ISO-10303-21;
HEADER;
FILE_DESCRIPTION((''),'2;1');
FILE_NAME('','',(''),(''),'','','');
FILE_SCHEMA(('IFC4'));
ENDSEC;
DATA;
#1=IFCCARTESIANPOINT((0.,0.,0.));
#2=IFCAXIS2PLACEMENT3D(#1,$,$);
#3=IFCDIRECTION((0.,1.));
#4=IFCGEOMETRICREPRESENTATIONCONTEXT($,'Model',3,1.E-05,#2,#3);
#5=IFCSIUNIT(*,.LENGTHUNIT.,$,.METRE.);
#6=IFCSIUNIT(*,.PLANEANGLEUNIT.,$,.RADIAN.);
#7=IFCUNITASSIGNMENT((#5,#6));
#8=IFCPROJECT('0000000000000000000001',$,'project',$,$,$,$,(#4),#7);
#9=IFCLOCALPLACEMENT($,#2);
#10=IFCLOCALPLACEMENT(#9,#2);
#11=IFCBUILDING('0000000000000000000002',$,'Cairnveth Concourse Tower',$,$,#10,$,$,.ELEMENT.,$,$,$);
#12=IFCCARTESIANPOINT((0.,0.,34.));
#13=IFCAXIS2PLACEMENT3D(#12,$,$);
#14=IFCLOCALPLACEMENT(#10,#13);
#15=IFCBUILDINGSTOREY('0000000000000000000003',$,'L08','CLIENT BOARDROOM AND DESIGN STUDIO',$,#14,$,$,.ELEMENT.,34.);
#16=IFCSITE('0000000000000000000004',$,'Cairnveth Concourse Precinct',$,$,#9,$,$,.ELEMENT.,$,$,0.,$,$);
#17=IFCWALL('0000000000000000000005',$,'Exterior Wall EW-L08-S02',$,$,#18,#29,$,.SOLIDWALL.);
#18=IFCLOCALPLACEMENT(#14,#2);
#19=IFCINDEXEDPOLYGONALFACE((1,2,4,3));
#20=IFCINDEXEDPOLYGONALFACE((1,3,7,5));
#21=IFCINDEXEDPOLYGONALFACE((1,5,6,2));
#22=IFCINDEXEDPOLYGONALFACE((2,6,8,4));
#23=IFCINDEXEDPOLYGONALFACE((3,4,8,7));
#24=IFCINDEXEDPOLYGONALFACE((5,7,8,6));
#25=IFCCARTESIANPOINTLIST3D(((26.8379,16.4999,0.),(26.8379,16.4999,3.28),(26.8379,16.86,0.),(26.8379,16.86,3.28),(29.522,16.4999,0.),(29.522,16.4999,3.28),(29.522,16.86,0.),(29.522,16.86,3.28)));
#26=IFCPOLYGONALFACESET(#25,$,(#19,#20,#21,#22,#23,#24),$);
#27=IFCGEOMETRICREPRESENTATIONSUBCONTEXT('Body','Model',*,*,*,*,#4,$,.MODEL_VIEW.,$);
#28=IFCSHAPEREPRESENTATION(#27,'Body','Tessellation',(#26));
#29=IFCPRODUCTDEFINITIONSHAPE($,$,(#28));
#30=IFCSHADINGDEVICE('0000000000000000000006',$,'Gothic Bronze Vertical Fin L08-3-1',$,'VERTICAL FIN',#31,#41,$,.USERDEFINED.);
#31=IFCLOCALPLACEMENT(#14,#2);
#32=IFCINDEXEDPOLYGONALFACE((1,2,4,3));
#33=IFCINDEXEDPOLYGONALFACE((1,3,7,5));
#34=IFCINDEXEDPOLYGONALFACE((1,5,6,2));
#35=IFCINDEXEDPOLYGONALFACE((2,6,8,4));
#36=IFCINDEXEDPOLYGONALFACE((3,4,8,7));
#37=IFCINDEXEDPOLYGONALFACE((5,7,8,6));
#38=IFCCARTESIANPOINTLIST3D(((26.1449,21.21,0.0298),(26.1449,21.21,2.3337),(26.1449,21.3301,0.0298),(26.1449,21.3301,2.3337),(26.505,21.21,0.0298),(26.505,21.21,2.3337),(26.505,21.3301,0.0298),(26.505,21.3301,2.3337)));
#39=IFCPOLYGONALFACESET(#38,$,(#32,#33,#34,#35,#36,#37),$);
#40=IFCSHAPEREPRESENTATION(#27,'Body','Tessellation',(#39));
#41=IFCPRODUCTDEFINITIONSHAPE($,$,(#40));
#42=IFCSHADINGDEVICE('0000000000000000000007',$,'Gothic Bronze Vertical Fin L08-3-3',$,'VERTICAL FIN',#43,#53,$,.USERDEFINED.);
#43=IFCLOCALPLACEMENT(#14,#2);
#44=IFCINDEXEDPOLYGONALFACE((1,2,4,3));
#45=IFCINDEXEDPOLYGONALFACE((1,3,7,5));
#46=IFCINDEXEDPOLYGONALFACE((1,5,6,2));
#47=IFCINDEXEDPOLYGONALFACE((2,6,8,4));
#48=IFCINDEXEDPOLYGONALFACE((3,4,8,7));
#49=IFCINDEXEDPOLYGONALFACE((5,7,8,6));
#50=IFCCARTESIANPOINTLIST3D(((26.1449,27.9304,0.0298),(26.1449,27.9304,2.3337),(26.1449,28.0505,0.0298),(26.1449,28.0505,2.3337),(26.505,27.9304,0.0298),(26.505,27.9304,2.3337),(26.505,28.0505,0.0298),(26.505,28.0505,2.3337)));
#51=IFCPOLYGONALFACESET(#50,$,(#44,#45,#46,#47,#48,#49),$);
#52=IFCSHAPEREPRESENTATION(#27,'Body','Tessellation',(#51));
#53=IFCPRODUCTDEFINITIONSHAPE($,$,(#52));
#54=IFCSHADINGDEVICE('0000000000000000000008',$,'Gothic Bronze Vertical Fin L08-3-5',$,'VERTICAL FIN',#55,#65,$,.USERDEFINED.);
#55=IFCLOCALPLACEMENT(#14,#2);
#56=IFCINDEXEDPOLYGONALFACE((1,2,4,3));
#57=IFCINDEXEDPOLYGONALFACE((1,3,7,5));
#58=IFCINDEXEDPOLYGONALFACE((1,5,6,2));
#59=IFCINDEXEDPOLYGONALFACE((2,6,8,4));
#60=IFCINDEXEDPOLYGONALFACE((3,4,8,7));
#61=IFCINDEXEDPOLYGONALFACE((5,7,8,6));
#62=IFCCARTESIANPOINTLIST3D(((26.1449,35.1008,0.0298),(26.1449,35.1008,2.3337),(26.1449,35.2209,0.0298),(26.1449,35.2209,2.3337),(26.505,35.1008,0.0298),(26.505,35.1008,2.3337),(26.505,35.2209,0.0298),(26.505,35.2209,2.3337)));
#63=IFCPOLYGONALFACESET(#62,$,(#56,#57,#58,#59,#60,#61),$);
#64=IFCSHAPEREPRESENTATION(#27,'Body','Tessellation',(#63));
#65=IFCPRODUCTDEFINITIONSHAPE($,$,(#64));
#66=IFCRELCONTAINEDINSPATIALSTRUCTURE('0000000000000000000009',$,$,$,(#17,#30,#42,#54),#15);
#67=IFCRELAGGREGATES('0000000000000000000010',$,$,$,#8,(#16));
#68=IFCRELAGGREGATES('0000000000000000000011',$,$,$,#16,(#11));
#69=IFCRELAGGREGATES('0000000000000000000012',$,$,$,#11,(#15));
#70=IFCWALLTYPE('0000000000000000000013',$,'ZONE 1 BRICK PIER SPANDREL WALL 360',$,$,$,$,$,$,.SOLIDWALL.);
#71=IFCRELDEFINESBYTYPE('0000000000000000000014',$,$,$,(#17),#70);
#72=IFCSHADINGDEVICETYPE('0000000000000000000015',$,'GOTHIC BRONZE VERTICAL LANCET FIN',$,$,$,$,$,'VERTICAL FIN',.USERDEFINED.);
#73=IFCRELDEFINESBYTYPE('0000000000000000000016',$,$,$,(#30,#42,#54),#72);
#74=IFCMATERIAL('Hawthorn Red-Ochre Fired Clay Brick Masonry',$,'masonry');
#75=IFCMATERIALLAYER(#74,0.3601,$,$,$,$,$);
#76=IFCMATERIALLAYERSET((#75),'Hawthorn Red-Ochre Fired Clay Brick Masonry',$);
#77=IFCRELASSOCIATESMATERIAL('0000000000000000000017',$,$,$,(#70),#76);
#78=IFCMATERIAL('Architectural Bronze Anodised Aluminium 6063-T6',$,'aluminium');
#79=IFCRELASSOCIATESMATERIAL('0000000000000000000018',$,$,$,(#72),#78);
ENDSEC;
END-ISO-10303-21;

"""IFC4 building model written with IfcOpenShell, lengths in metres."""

from ifc_helpers import new_model, si_unit, direction, frame, frame_2d, origin, origin_2d, place, context, subcontext, project, spatial, rectangle, extrude, material, layer, layer_set, type_object, element, save


model = new_model("IFC4")

# Units and contexts
model_context = context("Model", 3, precision=1e-05, world=origin(), true_north=direction((0.0, 1.0)))
body_context = subcontext(model_context, "Body", "Model", "MODEL_VIEW")
ifc_project = project(units=[si_unit("LENGTHUNIT", "METRE"), si_unit("PLANEANGLEUNIT", "RADIAN")], contexts=[model_context])

# Site, building, storey
site_placement = place(None, origin())
site = spatial("IfcSite", under=ifc_project, at=site_placement, Name="Cairnveth Concourse Precinct", CompositionType="ELEMENT", RefElevation=0.0)
building_placement = place(site_placement, origin())
building = spatial("IfcBuilding", under=site, at=building_placement, Name="Cairnveth Concourse Tower", CompositionType="ELEMENT")
storey_placement = place(building_placement, frame((0.0, 0.0, 34.0)))
storey = spatial("IfcBuildingStorey", under=building, at=storey_placement, Name="L08", Description="CLIENT BOARDROOM AND DESIGN STUDIO", CompositionType="ELEMENT", Elevation=34.0)

# Wall
ifc_material_1 = material(Name="Hawthorn Red-Ochre Fired Clay Brick Masonry", Category="masonry")
ifc_layer_1 = layer(ifc_material_1, 0.3601)
ifc_layer_set_1 = layer_set([ifc_layer_1], Name="Hawthorn Red-Ochre Fired Clay Brick Masonry")
wall_type = type_object("IfcWallType", Name="ZONE 1 BRICK PIER SPANDREL WALL 360", PredefinedType="SOLIDWALL", material=ifc_layer_set_1)
wall_placement = place(storey_placement, frame((29.522, 16.6799, 0.0), z_axis=(0.0, 0.0, 1.0), x_axis=(-1.0, 0.0, 0.0)))
element("IfcWall", 1, at=wall_placement, inside=storey, type_object=wall_type, Name="Exterior Wall EW-L08-S02", PredefinedType="SOLIDWALL", context=body_context, shape_type="SweptSolid", body=[
    extrude(rectangle(XDim=2.6841, YDim=0.3601, at=frame_2d((1.342, 0.0))), origin(), (0.0, 0.0, 1.0), 3.28),
])

# Shading devices
ifc_material_2 = material(Name="Architectural Bronze Anodised Aluminium 6063-T6", Category="aluminium")
shading_device_type = type_object("IfcShadingDeviceType", Name="GOTHIC BRONZE VERTICAL LANCET FIN", ElementType="VERTICAL FIN", PredefinedType="USERDEFINED", material=ifc_material_2)
for number, where, z_axis, x_axis, name in (
    (2, (26.325, 21.27, 0.0298), (0.0, 0.0, 1.0), (0.0, 1.0, 0.0), "Gothic Bronze Vertical Fin L08-3-1"),
    (3, (26.325, 27.9905, 0.0298), (0.0, 0.0, 1.0), (0.0, 1.0, 0.0), "Gothic Bronze Vertical Fin L08-3-3"),
    (4, (26.325, 35.1609, 0.0298), (0.0, 0.0, 1.0), (0.0, 1.0, 0.0), "Gothic Bronze Vertical Fin L08-3-5"),
):
    element("IfcShadingDevice", number, at=place(storey_placement, frame(where, z_axis=z_axis, x_axis=x_axis)), inside=storey, type_object=shading_device_type, Name=name, ObjectType="VERTICAL FIN", PredefinedType="USERDEFINED", context=body_context, shape_type="SweptSolid", body=[
        extrude(rectangle(XDim=0.1201, YDim=0.3601, at=origin_2d()), origin(), (0.0, 0.0, 1.0), 2.304),
    ])

save(model, "model.ifc")
